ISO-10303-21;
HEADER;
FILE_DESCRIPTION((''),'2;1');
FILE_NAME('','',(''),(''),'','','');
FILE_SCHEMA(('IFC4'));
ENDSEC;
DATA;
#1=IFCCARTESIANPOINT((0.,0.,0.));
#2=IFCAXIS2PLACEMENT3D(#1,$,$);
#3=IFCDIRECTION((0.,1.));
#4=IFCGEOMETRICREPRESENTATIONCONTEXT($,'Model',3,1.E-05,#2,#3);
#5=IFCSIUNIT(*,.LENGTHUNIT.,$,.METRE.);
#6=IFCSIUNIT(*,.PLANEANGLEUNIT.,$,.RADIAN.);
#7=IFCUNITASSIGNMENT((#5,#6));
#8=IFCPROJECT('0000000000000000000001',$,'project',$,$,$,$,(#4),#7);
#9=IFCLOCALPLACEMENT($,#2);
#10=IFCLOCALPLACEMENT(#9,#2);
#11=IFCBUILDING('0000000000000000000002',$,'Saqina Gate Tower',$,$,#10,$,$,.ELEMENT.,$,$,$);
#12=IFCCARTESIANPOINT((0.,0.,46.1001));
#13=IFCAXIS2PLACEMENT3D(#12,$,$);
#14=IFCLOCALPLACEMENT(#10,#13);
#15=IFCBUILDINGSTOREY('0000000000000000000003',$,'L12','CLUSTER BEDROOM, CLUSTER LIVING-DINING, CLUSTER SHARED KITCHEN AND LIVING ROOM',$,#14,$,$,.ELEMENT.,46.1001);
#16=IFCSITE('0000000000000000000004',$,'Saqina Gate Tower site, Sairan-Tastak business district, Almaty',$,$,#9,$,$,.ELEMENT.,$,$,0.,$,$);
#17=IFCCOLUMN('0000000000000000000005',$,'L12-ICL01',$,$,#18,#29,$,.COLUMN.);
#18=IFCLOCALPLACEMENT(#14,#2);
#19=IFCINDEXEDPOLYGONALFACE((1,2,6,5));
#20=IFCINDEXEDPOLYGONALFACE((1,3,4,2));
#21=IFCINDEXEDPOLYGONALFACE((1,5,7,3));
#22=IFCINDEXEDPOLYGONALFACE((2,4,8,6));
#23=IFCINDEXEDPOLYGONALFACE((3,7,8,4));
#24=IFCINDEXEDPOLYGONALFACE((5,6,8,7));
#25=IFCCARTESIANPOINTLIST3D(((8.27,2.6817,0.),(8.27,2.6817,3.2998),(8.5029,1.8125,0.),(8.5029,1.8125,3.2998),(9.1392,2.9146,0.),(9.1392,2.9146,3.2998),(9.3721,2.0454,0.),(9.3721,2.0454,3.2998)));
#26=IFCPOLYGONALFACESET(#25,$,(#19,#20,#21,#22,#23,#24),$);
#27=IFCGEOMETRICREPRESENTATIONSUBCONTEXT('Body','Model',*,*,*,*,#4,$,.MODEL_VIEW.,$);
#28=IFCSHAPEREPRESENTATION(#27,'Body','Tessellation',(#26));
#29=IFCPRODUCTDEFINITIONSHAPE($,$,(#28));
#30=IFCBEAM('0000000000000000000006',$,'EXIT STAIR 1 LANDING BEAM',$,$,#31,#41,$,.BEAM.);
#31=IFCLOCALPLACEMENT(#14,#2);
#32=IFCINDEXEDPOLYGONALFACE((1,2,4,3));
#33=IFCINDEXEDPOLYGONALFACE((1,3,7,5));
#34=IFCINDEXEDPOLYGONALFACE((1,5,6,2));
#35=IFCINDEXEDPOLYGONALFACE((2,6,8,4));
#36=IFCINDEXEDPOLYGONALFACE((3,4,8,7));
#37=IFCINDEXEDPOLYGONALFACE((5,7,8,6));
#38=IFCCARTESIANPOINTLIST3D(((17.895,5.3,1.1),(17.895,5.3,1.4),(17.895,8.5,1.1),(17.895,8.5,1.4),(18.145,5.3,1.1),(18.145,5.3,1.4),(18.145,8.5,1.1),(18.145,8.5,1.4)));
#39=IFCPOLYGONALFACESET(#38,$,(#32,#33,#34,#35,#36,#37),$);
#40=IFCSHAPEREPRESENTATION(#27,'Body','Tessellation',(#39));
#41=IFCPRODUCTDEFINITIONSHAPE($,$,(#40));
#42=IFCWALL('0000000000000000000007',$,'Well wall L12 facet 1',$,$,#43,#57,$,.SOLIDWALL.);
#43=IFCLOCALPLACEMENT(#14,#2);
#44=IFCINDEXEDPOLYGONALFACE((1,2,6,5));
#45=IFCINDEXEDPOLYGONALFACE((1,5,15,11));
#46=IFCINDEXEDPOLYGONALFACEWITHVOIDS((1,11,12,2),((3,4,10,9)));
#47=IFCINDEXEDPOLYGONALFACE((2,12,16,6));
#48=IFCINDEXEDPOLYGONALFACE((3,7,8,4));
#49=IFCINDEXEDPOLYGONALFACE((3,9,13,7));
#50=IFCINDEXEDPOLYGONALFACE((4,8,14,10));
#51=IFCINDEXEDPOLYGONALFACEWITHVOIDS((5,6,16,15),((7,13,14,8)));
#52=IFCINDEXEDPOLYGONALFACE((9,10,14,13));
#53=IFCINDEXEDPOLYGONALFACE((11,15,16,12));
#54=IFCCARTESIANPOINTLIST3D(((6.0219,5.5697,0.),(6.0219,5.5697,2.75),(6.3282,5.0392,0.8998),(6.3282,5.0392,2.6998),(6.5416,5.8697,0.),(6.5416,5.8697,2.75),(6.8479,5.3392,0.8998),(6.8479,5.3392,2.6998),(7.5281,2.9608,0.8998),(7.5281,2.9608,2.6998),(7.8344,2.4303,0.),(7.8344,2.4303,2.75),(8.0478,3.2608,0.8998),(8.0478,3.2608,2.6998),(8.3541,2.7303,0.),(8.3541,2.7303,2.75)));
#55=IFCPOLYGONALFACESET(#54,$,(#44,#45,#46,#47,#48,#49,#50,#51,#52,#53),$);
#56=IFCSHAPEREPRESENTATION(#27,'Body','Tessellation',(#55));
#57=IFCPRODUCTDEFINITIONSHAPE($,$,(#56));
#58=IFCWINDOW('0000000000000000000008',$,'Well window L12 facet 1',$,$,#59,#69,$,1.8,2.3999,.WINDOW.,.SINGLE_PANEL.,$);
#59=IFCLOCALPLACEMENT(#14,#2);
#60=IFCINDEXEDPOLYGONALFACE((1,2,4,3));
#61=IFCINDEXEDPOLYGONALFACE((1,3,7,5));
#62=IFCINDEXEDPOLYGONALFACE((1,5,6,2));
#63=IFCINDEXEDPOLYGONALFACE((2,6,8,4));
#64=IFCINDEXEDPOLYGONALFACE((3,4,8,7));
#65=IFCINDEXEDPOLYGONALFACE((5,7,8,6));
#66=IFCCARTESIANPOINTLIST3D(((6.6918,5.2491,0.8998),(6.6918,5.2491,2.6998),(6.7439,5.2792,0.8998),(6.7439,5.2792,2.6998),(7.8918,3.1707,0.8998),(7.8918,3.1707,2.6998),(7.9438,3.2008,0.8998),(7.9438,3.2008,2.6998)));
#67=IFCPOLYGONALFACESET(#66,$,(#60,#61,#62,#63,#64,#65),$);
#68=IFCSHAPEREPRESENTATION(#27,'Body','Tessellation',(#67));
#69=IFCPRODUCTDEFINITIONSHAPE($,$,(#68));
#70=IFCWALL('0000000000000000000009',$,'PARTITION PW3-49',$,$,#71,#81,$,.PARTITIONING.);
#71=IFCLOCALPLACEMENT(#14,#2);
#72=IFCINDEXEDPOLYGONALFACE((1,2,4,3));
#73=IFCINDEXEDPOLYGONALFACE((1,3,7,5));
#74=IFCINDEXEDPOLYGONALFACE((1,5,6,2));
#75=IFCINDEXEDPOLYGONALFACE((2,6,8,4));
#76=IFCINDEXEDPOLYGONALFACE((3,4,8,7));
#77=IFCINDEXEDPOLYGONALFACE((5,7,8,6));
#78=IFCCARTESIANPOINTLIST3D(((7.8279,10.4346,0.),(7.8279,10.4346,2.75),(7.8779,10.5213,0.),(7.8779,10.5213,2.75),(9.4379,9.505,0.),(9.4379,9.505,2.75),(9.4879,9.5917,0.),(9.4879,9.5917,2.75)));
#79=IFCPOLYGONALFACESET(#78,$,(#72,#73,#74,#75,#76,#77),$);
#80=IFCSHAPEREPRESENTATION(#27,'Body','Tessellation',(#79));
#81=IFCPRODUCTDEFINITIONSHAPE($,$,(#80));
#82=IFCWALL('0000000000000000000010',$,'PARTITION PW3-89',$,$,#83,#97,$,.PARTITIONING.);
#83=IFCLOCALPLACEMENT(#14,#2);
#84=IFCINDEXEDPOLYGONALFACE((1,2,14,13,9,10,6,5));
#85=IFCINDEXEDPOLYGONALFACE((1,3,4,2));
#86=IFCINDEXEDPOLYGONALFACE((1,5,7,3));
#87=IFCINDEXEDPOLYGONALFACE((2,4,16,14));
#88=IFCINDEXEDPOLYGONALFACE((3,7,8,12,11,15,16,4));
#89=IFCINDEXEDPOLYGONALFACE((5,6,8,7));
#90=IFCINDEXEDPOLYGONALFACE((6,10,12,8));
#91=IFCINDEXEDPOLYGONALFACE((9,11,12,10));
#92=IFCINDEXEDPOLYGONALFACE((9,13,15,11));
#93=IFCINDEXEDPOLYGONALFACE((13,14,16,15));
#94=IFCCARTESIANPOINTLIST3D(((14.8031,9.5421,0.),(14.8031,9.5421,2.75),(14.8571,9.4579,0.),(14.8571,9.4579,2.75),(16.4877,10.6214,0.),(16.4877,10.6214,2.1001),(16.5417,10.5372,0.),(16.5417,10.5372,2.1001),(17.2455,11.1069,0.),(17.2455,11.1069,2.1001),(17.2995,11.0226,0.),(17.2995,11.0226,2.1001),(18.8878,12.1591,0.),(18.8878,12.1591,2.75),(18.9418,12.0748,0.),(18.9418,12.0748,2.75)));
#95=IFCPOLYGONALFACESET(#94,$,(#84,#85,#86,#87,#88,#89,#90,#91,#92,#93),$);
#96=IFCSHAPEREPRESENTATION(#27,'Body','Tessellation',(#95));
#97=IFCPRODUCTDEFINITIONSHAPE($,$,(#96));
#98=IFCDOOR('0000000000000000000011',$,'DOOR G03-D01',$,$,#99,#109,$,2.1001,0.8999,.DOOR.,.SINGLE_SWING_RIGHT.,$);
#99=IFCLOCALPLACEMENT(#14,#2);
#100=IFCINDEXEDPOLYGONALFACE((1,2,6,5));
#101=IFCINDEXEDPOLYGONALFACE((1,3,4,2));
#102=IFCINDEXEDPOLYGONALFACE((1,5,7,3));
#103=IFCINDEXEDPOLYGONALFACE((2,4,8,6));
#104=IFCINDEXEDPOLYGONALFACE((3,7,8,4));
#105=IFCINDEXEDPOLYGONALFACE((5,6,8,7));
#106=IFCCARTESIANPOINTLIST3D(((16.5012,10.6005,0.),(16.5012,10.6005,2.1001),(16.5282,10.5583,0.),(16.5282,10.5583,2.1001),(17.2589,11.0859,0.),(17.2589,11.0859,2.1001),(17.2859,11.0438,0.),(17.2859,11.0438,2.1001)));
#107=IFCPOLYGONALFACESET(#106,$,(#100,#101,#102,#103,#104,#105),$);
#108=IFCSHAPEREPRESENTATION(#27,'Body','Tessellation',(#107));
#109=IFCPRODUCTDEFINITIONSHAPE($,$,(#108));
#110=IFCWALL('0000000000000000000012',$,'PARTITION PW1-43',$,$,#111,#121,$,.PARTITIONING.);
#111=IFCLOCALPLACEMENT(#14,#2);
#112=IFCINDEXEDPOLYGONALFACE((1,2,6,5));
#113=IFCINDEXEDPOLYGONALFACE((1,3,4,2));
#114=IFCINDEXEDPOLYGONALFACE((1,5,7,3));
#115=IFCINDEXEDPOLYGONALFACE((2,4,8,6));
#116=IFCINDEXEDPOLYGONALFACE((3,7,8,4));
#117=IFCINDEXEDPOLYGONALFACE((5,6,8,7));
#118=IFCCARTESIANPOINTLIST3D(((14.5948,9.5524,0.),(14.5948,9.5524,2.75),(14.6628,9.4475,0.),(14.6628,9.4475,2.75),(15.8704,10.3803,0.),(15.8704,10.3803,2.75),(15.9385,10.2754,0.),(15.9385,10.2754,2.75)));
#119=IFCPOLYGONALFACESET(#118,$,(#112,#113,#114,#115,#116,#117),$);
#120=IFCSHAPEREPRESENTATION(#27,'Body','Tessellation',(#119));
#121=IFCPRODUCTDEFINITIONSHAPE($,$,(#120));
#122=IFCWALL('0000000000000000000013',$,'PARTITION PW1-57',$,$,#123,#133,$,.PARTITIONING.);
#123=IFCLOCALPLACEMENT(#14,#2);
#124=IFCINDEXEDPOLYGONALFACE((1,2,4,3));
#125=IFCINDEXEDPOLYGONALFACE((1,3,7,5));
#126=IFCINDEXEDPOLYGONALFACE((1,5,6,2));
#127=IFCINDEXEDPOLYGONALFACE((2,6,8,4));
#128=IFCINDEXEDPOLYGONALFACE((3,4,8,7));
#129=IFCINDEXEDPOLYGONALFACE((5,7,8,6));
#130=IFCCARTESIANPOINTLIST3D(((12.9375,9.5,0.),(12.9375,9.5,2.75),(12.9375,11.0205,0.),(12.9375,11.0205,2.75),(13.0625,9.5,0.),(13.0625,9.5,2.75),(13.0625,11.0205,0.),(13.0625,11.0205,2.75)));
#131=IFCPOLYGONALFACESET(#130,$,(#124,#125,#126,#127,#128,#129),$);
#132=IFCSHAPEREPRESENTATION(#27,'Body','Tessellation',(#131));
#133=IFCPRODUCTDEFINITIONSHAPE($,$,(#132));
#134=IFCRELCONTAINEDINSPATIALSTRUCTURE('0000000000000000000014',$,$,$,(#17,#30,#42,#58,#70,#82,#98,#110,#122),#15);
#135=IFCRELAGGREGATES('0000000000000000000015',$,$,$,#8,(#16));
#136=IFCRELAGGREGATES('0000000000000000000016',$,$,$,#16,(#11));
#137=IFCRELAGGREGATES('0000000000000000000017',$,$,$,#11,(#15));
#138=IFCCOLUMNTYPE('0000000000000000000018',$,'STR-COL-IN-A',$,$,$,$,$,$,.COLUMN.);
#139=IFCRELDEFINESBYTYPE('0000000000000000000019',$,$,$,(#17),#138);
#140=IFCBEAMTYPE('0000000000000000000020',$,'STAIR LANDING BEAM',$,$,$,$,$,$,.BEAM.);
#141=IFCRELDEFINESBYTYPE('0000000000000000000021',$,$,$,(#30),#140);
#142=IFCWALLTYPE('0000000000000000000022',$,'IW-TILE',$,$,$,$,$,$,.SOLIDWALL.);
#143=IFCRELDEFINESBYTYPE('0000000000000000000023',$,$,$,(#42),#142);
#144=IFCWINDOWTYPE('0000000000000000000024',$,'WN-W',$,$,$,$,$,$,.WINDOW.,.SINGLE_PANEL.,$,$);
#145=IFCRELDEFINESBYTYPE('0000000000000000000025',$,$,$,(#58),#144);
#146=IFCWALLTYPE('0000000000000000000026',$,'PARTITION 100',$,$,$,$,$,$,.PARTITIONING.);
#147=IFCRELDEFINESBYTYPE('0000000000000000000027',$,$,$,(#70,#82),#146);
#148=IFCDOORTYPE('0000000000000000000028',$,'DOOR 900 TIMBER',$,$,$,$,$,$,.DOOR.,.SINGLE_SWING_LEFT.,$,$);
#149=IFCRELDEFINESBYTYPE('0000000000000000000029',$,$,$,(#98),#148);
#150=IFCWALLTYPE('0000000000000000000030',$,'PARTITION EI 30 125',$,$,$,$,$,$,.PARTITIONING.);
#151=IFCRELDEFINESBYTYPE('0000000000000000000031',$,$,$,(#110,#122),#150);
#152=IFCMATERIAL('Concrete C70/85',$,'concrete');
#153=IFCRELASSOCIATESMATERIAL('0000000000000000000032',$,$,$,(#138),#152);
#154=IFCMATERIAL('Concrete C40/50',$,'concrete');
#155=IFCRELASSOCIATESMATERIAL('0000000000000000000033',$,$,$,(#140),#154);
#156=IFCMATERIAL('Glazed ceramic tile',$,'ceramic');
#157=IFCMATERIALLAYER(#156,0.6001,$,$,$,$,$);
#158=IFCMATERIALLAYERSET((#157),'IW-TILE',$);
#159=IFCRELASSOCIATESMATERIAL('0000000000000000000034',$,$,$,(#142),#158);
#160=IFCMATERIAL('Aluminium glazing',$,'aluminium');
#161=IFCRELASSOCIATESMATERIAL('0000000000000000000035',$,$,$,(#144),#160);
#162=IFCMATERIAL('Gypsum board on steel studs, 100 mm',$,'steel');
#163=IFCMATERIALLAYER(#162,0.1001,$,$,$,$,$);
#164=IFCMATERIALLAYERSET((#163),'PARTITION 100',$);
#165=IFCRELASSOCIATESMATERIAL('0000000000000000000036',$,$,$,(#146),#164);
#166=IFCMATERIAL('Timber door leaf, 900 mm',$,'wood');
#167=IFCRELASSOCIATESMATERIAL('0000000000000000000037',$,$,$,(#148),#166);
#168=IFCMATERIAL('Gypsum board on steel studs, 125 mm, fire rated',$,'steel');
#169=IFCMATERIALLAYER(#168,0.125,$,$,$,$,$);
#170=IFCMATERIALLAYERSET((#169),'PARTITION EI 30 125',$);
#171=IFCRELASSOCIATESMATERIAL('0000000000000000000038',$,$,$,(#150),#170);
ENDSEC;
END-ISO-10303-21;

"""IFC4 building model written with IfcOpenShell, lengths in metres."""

from ifc_helpers import new_model, si_unit, direction, frame, frame_2d, origin, origin_2d, place, context, subcontext, project, spatial, rectangle, extrude, material, layer, layer_set, material_profile, profile_set, type_object, element, fill, save


model = new_model("IFC4")

# Units and contexts
model_context = context("Model", 3, precision=1e-05, world=origin(), true_north=direction((0.0, 1.0)))
body_context = subcontext(model_context, "Body", "Model", "MODEL_VIEW")
ifc_project = project(units=[si_unit("LENGTHUNIT", "METRE"), si_unit("PLANEANGLEUNIT", "RADIAN")], contexts=[model_context])

# Site, building, storey
site_placement = place(None, origin())
site = spatial("IfcSite", under=ifc_project, at=site_placement, Name="Saqina Gate Tower site, Sairan-Tastak business district, Almaty", CompositionType="ELEMENT", RefElevation=0.0)
building_placement = place(site_placement, origin())
building = spatial("IfcBuilding", under=site, at=building_placement, Name="Saqina Gate Tower", CompositionType="ELEMENT")
storey_placement = place(building_placement, frame((0.0, 0.0, 46.1001)))
storey = spatial("IfcBuildingStorey", under=building, at=storey_placement, Name="L12", Description="CLUSTER BEDROOM, CLUSTER LIVING-DINING, CLUSTER SHARED KITCHEN AND LIVING ROOM", CompositionType="ELEMENT", Elevation=46.1001)

# Column
ifc_material_1 = material(Name="Concrete C70/85", Category="concrete")
ifc_material_profile_1 = material_profile(ifc_material_1, rectangle(XDim=0.8999, YDim=0.8999, at=origin_2d()), Name="RC 900x900")
ifc_profile_set_1 = profile_set([ifc_material_profile_1], Name="Concrete C70/85")
column_type = type_object("IfcColumnType", Name="STR-COL-IN-A", PredefinedType="COLUMN", material=ifc_profile_set_1)
column_placement = place(storey_placement, frame((8.821, 2.3635, 0.0), z_axis=(0.0, 0.0, 1.0), x_axis=(0.965926, 0.258819, 0.0)))
element("IfcColumn", 1, at=column_placement, inside=storey, type_object=column_type, Name="L12-ICL01", PredefinedType="COLUMN", context=body_context, shape_type="SweptSolid", body=[
    extrude(rectangle(XDim=0.8999, YDim=0.8999, at=origin_2d()), origin(), (0.0, 0.0, 1.0), 3.2998),
])

# Beam
ifc_material_2 = material(Name="Concrete C40/50", Category="concrete")
ifc_material_profile_2 = material_profile(ifc_material_2, rectangle(XDim=0.25, YDim=0.3, at=origin_2d()), Name="STAIR LANDING BEAM")
ifc_profile_set_2 = profile_set([ifc_material_profile_2], Name="Concrete C40/50")
beam_type = type_object("IfcBeamType", Name="STAIR LANDING BEAM", PredefinedType="BEAM", material=ifc_profile_set_2)
beam_placement = place(storey_placement, frame((18.02, 5.3, 1.25), z_axis=(0.0, 1.0, 0.0), x_axis=(-1.0, 0.0, 0.0)))
element("IfcBeam", 2, at=beam_placement, inside=storey, type_object=beam_type, Name="EXIT STAIR 1 LANDING BEAM", PredefinedType="BEAM", context=body_context, shape_type="SweptSolid", body=[
    extrude(rectangle(XDim=0.25, YDim=0.3, at=origin_2d()), origin(), (0.0, 0.0, 1.0), 3.2),
])

# Wall, opening, window
ifc_material_3 = material(Name="Glazed ceramic tile", Category="ceramic")
ifc_layer_1 = layer(ifc_material_3, 0.6001)
ifc_layer_set_1 = layer_set([ifc_layer_1], Name="IW-TILE")
wall_type_1 = type_object("IfcWallType", Name="IW-TILE", PredefinedType="SOLIDWALL", material=ifc_layer_set_1)
wall_1_placement = place(storey_placement, frame((8.0942, 2.5803, 0.0), z_axis=(0.0, 0.0, 1.0), x_axis=(-0.499993, 0.86603, 0.0)))
wall_1 = element("IfcWall", 3, at=wall_1_placement, inside=storey, type_object=wall_type_1, Name="Well wall L12 facet 1", PredefinedType="SOLIDWALL", context=body_context, shape_type="SweptSolid", body=[
    extrude(rectangle(XDim=3.625, YDim=0.6001, at=frame_2d((1.8125, 0.0))), origin(), (0.0, 0.0, 1.0), 2.75),
])
opening_1_placement = place(wall_1_placement, frame((0.6125, 0.0, 0.8999)))
opening_1 = element("IfcOpeningElement", 4, at=opening_1_placement, cuts=wall_1, PredefinedType="OPENING", context=body_context, shape_type="SweptSolid", body=[
    extrude(rectangle(XDim=2.3999, YDim=1.8, at=frame_2d((1.2, 0.8999))), frame((0.0, 0.312, 0.0), z_axis=(0.0, -1.0, 0.0), x_axis=(1.0, 0.0, 0.0)), (0.0, 0.0, 1.0), 0.624),
])
ifc_material_4 = material(Name="Aluminium glazing", Category="aluminium")
window_type = type_object("IfcWindowType", Name="WN-W", PartitioningType="SINGLE_PANEL", PredefinedType="WINDOW", material=ifc_material_4)
window_placement = place(opening_1_placement, origin())
window = element("IfcWindow", 5, at=window_placement, inside=storey, type_object=window_type, Name="Well window L12 facet 1", OverallHeight=1.8, OverallWidth=2.3999, PartitioningType="SINGLE_PANEL", PredefinedType="WINDOW", context=body_context, shape_type="SweptSolid", body=[
    extrude(rectangle(XDim=2.3999, YDim=1.8, at=frame_2d((1.2, 0.8999))), frame((0.0, -0.1199, 0.0), z_axis=(0.0, -1.0, 0.0), x_axis=(1.0, 0.0, 0.0)), (0.0, 0.0, 1.0), 0.0601),
])
fill(opening_1, window)

# Wall
ifc_material_5 = material(Name="Gypsum board on steel studs, 100 mm", Category="steel")
ifc_layer_2 = layer(ifc_material_5, 0.1001)
ifc_layer_set_2 = layer_set([ifc_layer_2], Name="PARTITION 100")
wall_type_2 = type_object("IfcWallType", Name="PARTITION 100", PredefinedType="PARTITIONING", material=ifc_layer_set_2)
wall_2_placement = place(storey_placement, frame((7.8528, 10.478, 0.0), z_axis=(0.0, 0.0, 1.0), x_axis=(0.866004, -0.500037, 0.0)))
element("IfcWall", 6, at=wall_2_placement, inside=storey, type_object=wall_type_2, Name="PARTITION PW3-49", PredefinedType="PARTITIONING", context=body_context, shape_type="SweptSolid", body=[
    extrude(rectangle(XDim=1.8591, YDim=0.1001, at=frame_2d((0.9297, 0.0))), origin(), (0.0, 0.0, 1.0), 2.75),
])

# Wall, opening, door
wall_3_placement = place(storey_placement, frame((14.8301, 9.5, 0.0), z_axis=(0.0, 0.0, 1.0), x_axis=(0.842016, 0.539452, 0.0)))
wall_3 = element("IfcWall", 7, at=wall_3_placement, inside=storey, type_object=wall_type_2, Name="PARTITION PW3-89", PredefinedType="PARTITIONING", context=body_context, shape_type="SweptSolid", body=[
    extrude(rectangle(XDim=4.8511, YDim=0.1001, at=frame_2d((2.4255, 0.0))), origin(), (0.0, 0.0, 1.0), 2.75),
])
opening_2_placement = place(wall_3_placement, frame((2.0007, 0.0, 0.0)))
opening_2 = element("IfcOpeningElement", 8, at=opening_2_placement, cuts=wall_3, PredefinedType="OPENING", context=body_context, shape_type="SweptSolid", body=[
    extrude(rectangle(XDim=0.8999, YDim=2.1001, at=frame_2d((0.45, 1.05))), frame((0.0, 0.062, 0.0), z_axis=(0.0, -1.0, 0.0), x_axis=(1.0, 0.0, 0.0)), (0.0, 0.0, 1.0), 0.124),
])
ifc_material_6 = material(Name="Timber door leaf, 900 mm", Category="wood")
door_type_1 = type_object("IfcDoorType", Name="DOOR 900 TIMBER", OperationType="SINGLE_SWING_LEFT", PredefinedType="DOOR", material=ifc_material_6)
door_1_placement = place(opening_2_placement, frame((0.8999, 0.0, 0.0), z_axis=(0.0, 0.0, 1.0), x_axis=(-1.0, 0.0, 0.0)))
door_1 = element("IfcDoor", 9, at=door_1_placement, inside=storey, type_object=door_type_1, Name="DOOR G03-D01", OperationType="SINGLE_SWING_RIGHT", OverallHeight=2.1001, OverallWidth=0.8999, PredefinedType="DOOR", context=body_context, shape_type="SweptSolid", body=[
    extrude(rectangle(XDim=0.8999, YDim=2.1001, at=frame_2d((0.45, 1.05))), frame((0.0, 0.0249, 0.0), z_axis=(0.0, -1.0, 0.0), x_axis=(1.0, 0.0, 0.0)), (0.0, 0.0, 1.0), 0.05),
])
fill(opening_2, door_1)

# Walls
ifc_material_7 = material(Name="Gypsum board on steel studs, 125 mm, fire rated", Category="steel")
ifc_layer_3 = layer(ifc_material_7, 0.125)
ifc_layer_set_3 = layer_set([ifc_layer_3], Name="PARTITION EI 30 125")
wall_type_3 = type_object("IfcWallType", Name="PARTITION EI 30 125", PredefinedType="PARTITIONING", material=ifc_layer_set_3)
wall_4_placement = place(storey_placement, frame((14.6289, 9.5, 0.0), z_axis=(0.0, 0.0, 1.0), x_axis=(0.838829, 0.544396, 0.0)))
element("IfcWall", 10, at=wall_4_placement, inside=storey, type_object=wall_type_3, Name="PARTITION PW1-43", PredefinedType="PARTITIONING", context=body_context, shape_type="SweptSolid", body=[
    extrude(rectangle(XDim=1.5208, YDim=0.125, at=frame_2d((0.7603, 0.0))), origin(), (0.0, 0.0, 1.0), 2.75),
])
wall_5_placement = place(storey_placement, frame((13.0, 9.5, 0.0), z_axis=(0.0, 0.0, 1.0), x_axis=(0.0, 1.0, 0.0)))
element("IfcWall", 11, at=wall_5_placement, inside=storey, type_object=wall_type_3, Name="PARTITION PW1-57", PredefinedType="PARTITIONING", context=body_context, shape_type="SweptSolid", body=[
    extrude(rectangle(XDim=1.5205, YDim=0.125, at=frame_2d((0.7603, 0.0))), origin(), (0.0, 0.0, 1.0), 2.75),
])

save(model, "model.ifc")
